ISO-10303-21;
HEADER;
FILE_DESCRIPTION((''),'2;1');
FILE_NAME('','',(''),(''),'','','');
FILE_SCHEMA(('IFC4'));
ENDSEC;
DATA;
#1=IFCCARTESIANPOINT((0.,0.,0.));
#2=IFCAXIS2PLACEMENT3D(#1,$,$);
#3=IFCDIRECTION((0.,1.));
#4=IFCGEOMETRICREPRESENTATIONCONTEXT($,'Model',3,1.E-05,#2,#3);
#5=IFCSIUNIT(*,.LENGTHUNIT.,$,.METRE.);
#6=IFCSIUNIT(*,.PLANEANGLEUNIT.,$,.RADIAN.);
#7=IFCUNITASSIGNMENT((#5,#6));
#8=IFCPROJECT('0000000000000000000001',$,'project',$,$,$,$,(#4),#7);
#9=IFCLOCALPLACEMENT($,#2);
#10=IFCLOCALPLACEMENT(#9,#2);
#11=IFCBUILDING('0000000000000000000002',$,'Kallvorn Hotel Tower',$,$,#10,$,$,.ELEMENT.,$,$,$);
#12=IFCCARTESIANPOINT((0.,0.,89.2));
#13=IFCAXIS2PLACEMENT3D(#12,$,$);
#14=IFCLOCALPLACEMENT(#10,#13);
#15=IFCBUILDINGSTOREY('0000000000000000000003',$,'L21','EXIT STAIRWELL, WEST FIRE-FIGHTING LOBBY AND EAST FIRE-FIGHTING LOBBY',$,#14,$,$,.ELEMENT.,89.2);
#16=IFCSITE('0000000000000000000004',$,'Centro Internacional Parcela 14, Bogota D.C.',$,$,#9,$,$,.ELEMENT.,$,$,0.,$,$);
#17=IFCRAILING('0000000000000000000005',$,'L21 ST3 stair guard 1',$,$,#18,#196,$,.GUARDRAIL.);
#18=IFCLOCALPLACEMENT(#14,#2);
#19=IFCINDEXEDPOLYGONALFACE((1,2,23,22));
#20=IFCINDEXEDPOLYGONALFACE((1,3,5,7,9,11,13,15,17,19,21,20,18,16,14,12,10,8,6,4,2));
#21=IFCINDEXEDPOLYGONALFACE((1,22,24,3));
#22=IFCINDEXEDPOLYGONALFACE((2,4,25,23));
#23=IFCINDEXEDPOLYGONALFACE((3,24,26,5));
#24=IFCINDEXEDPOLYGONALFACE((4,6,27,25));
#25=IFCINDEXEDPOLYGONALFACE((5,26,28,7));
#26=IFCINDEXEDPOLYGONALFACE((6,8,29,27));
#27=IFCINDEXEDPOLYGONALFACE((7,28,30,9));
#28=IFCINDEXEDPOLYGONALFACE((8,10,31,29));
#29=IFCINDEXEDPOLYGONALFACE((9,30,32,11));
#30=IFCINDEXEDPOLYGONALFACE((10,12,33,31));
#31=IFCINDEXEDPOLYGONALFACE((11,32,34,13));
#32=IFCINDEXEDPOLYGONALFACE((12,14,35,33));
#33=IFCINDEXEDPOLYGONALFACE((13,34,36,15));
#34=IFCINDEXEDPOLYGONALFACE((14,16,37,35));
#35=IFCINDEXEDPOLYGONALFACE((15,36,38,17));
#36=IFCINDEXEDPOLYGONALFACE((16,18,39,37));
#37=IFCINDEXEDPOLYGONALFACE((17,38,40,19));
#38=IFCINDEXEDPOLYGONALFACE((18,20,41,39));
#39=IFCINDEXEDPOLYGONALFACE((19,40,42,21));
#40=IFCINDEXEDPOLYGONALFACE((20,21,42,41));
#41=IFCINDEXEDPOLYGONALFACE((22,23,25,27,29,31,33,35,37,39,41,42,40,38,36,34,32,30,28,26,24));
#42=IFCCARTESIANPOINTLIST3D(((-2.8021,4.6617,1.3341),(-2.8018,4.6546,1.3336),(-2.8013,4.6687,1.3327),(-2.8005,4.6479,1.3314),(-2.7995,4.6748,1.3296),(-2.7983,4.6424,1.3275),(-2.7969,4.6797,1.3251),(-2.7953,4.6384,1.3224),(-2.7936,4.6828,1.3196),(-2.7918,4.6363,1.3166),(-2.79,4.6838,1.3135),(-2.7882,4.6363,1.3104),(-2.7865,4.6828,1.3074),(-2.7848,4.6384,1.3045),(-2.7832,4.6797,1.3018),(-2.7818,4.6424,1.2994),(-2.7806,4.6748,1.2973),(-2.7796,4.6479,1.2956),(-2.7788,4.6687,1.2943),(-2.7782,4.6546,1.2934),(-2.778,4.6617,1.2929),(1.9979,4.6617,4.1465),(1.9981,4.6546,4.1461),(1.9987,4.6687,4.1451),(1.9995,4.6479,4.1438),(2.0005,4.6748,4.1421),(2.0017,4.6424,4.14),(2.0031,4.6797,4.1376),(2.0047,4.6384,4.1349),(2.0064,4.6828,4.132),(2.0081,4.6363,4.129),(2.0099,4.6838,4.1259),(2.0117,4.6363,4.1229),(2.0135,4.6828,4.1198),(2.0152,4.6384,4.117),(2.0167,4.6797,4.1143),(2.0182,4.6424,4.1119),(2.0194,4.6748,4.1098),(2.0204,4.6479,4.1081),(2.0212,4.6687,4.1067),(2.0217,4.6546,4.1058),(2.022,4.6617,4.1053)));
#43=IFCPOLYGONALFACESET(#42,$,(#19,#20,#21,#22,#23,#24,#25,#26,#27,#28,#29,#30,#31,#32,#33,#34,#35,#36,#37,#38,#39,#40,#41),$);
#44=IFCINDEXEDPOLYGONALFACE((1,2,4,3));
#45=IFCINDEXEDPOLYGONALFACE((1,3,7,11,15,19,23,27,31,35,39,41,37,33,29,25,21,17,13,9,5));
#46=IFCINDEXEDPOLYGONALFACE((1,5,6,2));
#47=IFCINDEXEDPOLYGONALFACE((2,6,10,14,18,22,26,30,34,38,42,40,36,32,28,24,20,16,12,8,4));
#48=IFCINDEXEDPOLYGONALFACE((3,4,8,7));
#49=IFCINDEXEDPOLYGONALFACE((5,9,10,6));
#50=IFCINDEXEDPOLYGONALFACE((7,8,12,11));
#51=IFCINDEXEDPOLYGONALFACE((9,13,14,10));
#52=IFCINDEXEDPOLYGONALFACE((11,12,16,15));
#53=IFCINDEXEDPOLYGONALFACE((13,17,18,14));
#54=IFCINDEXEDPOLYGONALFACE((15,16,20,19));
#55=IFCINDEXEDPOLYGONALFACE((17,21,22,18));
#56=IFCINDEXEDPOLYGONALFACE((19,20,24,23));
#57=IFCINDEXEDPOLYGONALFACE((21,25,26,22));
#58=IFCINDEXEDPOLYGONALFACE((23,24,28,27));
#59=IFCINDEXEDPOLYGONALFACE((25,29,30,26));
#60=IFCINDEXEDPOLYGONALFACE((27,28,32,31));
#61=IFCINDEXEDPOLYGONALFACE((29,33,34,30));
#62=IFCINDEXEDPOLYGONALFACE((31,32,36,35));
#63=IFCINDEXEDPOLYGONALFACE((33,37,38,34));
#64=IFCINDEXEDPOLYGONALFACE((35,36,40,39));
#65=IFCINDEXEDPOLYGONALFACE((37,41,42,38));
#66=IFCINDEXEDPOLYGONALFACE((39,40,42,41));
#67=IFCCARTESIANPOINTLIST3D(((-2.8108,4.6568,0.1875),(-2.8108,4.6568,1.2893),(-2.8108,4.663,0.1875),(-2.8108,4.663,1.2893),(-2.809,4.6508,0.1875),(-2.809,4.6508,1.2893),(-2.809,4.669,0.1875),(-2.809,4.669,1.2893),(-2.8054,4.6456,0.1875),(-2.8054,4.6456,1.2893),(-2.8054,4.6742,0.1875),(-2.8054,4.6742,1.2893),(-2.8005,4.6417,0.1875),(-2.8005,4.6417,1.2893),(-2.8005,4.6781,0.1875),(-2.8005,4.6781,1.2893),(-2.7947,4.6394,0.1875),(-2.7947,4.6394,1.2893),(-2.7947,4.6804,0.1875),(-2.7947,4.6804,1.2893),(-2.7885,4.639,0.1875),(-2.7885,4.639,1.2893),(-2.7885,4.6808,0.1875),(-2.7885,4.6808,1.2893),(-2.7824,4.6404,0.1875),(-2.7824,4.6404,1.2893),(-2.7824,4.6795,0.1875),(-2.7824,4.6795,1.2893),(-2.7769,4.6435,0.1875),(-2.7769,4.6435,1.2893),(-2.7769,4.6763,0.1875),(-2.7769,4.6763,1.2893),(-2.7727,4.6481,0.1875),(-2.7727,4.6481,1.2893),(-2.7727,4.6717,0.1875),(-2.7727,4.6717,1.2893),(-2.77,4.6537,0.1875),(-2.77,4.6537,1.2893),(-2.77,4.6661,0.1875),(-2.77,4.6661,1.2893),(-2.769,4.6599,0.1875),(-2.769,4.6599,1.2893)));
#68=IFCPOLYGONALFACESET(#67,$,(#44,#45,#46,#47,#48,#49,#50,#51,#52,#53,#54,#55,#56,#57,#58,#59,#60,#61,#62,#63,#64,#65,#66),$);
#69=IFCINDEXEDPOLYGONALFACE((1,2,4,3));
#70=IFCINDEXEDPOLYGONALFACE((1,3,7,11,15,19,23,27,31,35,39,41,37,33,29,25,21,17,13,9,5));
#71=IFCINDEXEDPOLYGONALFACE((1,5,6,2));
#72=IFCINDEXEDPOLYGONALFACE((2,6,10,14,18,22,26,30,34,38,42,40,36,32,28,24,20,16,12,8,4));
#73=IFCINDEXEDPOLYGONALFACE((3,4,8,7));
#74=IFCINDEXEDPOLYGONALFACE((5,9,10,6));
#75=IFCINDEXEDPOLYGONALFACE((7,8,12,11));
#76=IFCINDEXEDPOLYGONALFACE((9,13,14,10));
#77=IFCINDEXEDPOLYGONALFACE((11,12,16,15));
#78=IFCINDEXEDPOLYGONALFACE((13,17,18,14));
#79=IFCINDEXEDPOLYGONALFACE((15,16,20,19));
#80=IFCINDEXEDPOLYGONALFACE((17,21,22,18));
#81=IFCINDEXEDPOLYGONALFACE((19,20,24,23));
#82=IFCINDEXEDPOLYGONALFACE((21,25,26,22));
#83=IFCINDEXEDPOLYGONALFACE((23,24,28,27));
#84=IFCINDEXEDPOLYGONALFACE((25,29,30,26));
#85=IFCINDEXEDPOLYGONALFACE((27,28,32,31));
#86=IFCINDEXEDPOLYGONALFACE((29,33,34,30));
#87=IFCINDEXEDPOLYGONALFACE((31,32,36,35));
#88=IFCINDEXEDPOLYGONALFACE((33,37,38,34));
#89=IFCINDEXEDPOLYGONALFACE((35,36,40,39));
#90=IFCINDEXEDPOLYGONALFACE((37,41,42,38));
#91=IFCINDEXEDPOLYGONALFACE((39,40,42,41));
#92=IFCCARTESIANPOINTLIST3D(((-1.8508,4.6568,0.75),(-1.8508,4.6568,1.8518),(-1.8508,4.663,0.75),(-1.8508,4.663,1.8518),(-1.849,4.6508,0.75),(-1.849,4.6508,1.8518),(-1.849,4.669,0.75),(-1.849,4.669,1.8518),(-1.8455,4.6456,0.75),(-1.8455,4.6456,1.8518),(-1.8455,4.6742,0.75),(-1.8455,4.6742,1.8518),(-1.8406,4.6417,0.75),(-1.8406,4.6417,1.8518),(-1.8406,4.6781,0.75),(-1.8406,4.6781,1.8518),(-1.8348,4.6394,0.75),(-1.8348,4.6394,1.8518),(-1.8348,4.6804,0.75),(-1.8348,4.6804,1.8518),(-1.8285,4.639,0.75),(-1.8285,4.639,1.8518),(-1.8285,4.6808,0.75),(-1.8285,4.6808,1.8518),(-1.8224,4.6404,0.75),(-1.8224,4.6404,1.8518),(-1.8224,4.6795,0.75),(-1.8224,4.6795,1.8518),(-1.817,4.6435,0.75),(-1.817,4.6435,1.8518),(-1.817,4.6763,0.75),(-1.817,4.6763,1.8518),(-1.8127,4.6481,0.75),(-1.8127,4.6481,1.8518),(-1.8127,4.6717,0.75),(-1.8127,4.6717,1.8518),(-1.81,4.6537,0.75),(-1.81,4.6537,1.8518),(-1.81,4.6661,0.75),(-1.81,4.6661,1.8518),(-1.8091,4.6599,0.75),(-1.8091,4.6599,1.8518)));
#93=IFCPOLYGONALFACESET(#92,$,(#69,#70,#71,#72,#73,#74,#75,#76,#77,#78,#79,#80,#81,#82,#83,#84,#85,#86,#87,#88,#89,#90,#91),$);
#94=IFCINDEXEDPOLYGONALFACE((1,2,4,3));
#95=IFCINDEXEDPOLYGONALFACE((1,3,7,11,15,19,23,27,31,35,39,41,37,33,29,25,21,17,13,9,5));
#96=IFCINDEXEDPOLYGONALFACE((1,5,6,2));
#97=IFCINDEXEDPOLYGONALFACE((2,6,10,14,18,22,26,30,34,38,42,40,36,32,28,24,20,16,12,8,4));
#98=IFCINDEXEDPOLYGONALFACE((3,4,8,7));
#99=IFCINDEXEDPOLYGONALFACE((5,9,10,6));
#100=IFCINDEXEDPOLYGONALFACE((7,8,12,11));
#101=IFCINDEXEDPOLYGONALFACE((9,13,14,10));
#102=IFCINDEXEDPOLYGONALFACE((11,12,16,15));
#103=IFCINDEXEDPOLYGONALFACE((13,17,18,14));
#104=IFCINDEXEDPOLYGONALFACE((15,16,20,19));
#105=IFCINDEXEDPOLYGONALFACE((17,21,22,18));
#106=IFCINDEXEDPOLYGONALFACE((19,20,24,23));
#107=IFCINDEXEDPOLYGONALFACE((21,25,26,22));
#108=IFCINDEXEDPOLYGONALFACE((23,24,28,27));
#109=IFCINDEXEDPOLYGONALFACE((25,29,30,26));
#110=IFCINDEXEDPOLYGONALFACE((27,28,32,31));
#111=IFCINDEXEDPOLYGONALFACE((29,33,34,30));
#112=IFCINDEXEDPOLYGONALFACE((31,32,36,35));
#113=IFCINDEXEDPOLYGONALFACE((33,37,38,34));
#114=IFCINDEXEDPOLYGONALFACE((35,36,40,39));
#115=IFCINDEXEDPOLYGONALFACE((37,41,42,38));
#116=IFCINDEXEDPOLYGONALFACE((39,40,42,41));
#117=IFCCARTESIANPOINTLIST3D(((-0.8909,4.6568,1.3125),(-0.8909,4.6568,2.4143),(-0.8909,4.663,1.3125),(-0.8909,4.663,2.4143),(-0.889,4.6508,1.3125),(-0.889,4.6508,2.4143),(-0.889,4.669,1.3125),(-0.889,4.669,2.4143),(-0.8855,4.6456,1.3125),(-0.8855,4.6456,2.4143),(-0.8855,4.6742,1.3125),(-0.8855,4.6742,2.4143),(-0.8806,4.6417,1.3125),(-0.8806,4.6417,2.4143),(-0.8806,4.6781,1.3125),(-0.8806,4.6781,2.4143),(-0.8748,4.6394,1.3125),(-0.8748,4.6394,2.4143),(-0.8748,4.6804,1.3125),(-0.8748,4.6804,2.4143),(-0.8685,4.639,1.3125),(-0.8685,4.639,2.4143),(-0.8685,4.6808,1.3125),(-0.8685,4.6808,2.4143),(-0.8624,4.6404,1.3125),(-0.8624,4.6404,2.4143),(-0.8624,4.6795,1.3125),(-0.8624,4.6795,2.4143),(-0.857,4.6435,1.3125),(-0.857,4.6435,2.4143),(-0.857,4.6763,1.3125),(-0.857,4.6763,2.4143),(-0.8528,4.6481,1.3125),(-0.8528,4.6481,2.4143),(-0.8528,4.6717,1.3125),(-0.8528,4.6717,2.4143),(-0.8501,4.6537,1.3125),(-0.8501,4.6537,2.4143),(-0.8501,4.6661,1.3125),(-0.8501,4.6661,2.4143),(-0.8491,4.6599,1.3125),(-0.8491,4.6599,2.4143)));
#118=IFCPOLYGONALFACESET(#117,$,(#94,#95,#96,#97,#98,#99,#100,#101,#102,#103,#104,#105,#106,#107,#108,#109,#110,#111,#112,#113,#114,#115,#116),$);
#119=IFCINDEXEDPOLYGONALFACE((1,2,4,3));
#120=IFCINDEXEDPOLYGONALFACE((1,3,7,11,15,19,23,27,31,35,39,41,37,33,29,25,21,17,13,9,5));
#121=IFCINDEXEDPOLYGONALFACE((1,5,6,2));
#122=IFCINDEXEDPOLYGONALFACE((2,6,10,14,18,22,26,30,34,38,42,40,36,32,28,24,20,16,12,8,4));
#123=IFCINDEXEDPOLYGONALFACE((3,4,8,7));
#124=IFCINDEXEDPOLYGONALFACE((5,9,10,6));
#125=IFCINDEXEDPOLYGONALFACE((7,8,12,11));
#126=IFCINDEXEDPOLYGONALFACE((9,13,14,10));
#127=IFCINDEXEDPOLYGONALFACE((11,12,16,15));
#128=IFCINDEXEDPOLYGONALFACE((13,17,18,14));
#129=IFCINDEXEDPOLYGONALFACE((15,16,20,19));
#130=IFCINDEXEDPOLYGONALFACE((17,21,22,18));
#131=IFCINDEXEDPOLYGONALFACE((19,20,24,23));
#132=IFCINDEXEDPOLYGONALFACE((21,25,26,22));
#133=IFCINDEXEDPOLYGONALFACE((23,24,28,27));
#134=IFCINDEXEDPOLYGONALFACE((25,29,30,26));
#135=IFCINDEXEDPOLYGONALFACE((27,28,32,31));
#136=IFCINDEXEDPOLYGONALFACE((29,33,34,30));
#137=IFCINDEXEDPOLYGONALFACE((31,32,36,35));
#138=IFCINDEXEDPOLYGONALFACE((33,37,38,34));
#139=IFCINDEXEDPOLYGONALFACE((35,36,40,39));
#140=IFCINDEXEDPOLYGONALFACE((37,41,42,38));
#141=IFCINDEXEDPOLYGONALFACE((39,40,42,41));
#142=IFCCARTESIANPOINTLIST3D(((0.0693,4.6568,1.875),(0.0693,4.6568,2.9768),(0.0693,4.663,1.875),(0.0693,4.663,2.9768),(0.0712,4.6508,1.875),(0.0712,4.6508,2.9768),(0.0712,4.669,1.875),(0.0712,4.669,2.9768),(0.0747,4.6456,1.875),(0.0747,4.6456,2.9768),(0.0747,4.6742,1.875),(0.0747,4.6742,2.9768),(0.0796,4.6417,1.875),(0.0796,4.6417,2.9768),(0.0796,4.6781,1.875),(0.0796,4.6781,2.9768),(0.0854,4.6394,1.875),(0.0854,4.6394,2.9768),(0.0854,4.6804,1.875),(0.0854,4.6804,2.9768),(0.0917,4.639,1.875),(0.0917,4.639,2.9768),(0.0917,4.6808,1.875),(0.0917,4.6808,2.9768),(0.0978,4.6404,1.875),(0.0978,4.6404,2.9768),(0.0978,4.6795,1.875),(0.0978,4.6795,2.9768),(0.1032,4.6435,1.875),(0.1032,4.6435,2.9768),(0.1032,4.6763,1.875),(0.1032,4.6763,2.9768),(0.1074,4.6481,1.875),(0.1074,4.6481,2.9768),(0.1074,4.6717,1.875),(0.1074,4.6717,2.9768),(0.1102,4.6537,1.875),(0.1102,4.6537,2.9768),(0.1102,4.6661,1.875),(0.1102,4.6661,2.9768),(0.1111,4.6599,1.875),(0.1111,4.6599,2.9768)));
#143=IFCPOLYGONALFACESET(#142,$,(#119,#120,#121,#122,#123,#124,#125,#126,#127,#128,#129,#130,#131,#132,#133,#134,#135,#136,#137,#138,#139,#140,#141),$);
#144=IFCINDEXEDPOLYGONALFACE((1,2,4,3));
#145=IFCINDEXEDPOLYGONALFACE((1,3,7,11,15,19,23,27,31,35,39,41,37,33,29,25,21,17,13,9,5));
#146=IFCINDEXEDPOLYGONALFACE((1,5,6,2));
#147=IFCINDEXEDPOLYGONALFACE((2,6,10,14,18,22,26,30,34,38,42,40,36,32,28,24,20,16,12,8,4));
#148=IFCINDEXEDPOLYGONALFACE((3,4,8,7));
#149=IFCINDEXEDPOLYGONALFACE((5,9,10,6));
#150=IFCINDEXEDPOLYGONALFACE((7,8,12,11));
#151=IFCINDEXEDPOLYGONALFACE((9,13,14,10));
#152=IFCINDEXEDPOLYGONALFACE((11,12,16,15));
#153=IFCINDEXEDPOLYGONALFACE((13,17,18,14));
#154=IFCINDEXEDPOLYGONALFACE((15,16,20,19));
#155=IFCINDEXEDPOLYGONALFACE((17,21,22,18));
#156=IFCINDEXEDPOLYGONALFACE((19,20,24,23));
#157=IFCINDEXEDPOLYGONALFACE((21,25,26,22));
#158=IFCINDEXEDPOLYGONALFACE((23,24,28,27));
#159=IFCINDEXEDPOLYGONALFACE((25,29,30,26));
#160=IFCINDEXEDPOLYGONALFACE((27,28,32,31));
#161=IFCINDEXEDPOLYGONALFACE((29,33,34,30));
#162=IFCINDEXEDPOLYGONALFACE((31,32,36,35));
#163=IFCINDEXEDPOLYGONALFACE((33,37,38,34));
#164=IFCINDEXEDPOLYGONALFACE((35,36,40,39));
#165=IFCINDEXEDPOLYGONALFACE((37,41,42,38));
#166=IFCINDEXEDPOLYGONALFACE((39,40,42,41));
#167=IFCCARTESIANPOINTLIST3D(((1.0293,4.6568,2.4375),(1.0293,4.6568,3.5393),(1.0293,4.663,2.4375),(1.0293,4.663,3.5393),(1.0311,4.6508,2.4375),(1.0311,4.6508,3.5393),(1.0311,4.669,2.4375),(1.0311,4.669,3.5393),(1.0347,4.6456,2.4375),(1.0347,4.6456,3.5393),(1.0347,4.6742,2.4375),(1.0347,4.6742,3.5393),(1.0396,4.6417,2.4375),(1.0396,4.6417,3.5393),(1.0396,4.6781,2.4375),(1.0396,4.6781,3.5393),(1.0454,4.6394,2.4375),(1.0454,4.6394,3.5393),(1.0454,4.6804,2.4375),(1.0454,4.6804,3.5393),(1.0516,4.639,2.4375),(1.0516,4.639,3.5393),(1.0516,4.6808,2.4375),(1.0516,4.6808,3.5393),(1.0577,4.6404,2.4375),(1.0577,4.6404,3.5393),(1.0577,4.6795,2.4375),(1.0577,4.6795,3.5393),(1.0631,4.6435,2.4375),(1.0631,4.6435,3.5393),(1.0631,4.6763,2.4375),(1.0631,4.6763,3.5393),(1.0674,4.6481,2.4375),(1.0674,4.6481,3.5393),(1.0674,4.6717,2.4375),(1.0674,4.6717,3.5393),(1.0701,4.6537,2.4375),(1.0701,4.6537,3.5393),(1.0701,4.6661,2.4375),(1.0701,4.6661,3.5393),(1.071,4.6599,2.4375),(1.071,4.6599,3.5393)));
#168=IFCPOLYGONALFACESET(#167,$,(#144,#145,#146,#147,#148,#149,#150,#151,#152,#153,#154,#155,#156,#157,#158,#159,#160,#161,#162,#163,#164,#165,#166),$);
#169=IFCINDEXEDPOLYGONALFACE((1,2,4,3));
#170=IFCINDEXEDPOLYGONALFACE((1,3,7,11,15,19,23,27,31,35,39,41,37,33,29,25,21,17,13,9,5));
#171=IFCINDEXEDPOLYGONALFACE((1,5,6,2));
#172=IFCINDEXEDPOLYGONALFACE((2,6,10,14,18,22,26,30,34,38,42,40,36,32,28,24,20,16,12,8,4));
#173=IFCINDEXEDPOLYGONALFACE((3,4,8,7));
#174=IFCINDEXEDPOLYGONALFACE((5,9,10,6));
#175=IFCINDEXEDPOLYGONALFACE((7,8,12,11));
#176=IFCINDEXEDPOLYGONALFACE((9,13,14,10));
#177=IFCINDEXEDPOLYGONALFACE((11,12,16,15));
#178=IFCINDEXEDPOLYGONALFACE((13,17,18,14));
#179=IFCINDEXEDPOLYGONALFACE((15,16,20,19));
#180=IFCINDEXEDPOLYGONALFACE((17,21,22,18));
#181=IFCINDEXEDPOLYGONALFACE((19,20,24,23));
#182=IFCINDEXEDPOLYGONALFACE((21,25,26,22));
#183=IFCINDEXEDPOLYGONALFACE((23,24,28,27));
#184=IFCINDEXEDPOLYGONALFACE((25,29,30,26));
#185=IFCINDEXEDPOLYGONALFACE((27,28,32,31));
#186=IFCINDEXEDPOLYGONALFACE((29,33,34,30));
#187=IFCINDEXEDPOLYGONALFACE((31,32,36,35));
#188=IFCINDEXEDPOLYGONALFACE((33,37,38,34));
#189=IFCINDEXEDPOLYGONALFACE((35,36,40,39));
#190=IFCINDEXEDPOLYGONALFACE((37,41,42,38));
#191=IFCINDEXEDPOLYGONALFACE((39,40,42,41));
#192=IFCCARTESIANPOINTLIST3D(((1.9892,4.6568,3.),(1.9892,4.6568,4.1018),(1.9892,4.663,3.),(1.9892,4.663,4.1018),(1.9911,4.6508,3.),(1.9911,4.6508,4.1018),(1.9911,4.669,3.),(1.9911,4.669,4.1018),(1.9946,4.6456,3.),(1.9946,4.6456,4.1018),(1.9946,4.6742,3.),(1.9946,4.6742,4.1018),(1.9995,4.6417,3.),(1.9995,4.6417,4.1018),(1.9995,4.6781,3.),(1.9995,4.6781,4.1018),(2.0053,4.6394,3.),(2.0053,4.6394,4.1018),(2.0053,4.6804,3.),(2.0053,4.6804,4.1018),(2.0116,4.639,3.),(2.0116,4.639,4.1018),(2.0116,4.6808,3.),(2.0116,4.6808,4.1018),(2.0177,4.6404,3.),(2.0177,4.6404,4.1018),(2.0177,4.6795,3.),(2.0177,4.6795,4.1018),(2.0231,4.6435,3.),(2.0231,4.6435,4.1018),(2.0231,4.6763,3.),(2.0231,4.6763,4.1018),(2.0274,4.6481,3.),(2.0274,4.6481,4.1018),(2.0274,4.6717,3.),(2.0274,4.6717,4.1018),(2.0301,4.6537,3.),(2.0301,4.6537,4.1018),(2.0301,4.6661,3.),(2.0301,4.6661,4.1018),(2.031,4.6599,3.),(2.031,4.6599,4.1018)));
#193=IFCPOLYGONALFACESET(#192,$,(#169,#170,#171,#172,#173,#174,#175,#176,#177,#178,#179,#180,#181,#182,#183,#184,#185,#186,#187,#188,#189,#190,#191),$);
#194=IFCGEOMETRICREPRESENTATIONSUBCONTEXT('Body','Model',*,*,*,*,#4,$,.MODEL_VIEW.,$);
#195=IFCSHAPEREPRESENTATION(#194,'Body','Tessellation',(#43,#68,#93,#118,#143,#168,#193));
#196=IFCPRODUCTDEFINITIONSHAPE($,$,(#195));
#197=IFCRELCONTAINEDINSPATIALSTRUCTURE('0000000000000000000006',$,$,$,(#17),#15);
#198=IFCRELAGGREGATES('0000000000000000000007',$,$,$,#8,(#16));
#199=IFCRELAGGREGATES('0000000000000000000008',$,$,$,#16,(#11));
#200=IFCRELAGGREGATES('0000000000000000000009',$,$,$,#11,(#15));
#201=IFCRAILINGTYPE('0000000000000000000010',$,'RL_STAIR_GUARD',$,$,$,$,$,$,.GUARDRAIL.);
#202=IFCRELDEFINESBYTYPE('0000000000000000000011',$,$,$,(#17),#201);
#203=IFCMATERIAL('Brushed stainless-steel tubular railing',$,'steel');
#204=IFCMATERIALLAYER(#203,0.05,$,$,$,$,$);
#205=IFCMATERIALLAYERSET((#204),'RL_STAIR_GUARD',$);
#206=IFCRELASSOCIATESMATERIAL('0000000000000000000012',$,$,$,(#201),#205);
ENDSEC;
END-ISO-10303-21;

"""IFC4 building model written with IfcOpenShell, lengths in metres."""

from ifc_helpers import new_model, si_unit, direction, frame, origin, origin_2d, place, context, subcontext, project, spatial, circle, extrude, material, layer, layer_set, type_object, element, save


model = new_model("IFC4")

# Units and contexts
model_context = context("Model", 3, precision=1e-05, world=origin(), true_north=direction((0.0, 1.0)))
body_context = subcontext(model_context, "Body", "Model", "MODEL_VIEW")
ifc_project = project(units=[si_unit("LENGTHUNIT", "METRE"), si_unit("PLANEANGLEUNIT", "RADIAN")], contexts=[model_context])

# Site, building, storey
site_placement = place(None, origin())
site = spatial("IfcSite", under=ifc_project, at=site_placement, Name="Centro Internacional Parcela 14, Bogota D.C.", CompositionType="ELEMENT", RefElevation=0.0)
building_placement = place(site_placement, origin())
building = spatial("IfcBuilding", under=site, at=building_placement, Name="Kallvorn Hotel Tower", CompositionType="ELEMENT")
storey_placement = place(building_placement, frame((0.0, 0.0, 89.2)))
storey = spatial("IfcBuildingStorey", under=building, at=storey_placement, Name="L21", Description="EXIT STAIRWELL, WEST FIRE-FIGHTING LOBBY AND EAST FIRE-FIGHTING LOBBY", CompositionType="ELEMENT", Elevation=89.2)

# Railing
ifc_material_1 = material(Name="Brushed stainless-steel tubular railing", Category="steel")
ifc_layer_1 = layer(ifc_material_1, 0.05)
ifc_layer_set_1 = layer_set([ifc_layer_1], Name="RL_STAIR_GUARD")
railing_type_1 = type_object("IfcRailingType", Name="RL_STAIR_GUARD", PredefinedType="GUARDRAIL", material=ifc_layer_set_1)
railing_1_placement = place(storey_placement, frame((-2.79, 4.6599, 0.1875)))
element("IfcRailing", 1, at=railing_1_placement, inside=storey, type_object=railing_type_1, Name="L21 ST3 stair guard 1", PredefinedType="GUARDRAIL", context=body_context, shape_type="SweptSolid", body=[
    extrude(circle(Radius=0.0239, at=origin_2d()), frame((0.0, 0.0, 1.126), z_axis=(0.862802, 0.0, 0.505543), x_axis=(0.0, 1.0, 0.0)), (0.0, 0.0, 1.0), 5.5632),
    extrude(circle(Radius=0.021, at=origin_2d()), origin(), (0.0, 0.0, 1.0), 1.1018),
    extrude(circle(Radius=0.021, at=origin_2d()), frame((0.96, 0.0, 0.5625)), (0.0, 0.0, 1.0), 1.1018),
    extrude(circle(Radius=0.021, at=origin_2d()), frame((1.9199, 0.0, 1.125)), (0.0, 0.0, 1.0), 1.1018),
    extrude(circle(Radius=0.021, at=origin_2d()), frame((2.8801, 0.0, 1.6875)), (0.0, 0.0, 1.0), 1.1018),
    extrude(circle(Radius=0.021, at=origin_2d()), frame((3.8401, 0.0, 2.25)), (0.0, 0.0, 1.0), 1.1018),
    extrude(circle(Radius=0.021, at=origin_2d()), frame((4.8, 0.0, 2.8125)), (0.0, 0.0, 1.0), 1.1018),
])

save(model, "model.ifc")
